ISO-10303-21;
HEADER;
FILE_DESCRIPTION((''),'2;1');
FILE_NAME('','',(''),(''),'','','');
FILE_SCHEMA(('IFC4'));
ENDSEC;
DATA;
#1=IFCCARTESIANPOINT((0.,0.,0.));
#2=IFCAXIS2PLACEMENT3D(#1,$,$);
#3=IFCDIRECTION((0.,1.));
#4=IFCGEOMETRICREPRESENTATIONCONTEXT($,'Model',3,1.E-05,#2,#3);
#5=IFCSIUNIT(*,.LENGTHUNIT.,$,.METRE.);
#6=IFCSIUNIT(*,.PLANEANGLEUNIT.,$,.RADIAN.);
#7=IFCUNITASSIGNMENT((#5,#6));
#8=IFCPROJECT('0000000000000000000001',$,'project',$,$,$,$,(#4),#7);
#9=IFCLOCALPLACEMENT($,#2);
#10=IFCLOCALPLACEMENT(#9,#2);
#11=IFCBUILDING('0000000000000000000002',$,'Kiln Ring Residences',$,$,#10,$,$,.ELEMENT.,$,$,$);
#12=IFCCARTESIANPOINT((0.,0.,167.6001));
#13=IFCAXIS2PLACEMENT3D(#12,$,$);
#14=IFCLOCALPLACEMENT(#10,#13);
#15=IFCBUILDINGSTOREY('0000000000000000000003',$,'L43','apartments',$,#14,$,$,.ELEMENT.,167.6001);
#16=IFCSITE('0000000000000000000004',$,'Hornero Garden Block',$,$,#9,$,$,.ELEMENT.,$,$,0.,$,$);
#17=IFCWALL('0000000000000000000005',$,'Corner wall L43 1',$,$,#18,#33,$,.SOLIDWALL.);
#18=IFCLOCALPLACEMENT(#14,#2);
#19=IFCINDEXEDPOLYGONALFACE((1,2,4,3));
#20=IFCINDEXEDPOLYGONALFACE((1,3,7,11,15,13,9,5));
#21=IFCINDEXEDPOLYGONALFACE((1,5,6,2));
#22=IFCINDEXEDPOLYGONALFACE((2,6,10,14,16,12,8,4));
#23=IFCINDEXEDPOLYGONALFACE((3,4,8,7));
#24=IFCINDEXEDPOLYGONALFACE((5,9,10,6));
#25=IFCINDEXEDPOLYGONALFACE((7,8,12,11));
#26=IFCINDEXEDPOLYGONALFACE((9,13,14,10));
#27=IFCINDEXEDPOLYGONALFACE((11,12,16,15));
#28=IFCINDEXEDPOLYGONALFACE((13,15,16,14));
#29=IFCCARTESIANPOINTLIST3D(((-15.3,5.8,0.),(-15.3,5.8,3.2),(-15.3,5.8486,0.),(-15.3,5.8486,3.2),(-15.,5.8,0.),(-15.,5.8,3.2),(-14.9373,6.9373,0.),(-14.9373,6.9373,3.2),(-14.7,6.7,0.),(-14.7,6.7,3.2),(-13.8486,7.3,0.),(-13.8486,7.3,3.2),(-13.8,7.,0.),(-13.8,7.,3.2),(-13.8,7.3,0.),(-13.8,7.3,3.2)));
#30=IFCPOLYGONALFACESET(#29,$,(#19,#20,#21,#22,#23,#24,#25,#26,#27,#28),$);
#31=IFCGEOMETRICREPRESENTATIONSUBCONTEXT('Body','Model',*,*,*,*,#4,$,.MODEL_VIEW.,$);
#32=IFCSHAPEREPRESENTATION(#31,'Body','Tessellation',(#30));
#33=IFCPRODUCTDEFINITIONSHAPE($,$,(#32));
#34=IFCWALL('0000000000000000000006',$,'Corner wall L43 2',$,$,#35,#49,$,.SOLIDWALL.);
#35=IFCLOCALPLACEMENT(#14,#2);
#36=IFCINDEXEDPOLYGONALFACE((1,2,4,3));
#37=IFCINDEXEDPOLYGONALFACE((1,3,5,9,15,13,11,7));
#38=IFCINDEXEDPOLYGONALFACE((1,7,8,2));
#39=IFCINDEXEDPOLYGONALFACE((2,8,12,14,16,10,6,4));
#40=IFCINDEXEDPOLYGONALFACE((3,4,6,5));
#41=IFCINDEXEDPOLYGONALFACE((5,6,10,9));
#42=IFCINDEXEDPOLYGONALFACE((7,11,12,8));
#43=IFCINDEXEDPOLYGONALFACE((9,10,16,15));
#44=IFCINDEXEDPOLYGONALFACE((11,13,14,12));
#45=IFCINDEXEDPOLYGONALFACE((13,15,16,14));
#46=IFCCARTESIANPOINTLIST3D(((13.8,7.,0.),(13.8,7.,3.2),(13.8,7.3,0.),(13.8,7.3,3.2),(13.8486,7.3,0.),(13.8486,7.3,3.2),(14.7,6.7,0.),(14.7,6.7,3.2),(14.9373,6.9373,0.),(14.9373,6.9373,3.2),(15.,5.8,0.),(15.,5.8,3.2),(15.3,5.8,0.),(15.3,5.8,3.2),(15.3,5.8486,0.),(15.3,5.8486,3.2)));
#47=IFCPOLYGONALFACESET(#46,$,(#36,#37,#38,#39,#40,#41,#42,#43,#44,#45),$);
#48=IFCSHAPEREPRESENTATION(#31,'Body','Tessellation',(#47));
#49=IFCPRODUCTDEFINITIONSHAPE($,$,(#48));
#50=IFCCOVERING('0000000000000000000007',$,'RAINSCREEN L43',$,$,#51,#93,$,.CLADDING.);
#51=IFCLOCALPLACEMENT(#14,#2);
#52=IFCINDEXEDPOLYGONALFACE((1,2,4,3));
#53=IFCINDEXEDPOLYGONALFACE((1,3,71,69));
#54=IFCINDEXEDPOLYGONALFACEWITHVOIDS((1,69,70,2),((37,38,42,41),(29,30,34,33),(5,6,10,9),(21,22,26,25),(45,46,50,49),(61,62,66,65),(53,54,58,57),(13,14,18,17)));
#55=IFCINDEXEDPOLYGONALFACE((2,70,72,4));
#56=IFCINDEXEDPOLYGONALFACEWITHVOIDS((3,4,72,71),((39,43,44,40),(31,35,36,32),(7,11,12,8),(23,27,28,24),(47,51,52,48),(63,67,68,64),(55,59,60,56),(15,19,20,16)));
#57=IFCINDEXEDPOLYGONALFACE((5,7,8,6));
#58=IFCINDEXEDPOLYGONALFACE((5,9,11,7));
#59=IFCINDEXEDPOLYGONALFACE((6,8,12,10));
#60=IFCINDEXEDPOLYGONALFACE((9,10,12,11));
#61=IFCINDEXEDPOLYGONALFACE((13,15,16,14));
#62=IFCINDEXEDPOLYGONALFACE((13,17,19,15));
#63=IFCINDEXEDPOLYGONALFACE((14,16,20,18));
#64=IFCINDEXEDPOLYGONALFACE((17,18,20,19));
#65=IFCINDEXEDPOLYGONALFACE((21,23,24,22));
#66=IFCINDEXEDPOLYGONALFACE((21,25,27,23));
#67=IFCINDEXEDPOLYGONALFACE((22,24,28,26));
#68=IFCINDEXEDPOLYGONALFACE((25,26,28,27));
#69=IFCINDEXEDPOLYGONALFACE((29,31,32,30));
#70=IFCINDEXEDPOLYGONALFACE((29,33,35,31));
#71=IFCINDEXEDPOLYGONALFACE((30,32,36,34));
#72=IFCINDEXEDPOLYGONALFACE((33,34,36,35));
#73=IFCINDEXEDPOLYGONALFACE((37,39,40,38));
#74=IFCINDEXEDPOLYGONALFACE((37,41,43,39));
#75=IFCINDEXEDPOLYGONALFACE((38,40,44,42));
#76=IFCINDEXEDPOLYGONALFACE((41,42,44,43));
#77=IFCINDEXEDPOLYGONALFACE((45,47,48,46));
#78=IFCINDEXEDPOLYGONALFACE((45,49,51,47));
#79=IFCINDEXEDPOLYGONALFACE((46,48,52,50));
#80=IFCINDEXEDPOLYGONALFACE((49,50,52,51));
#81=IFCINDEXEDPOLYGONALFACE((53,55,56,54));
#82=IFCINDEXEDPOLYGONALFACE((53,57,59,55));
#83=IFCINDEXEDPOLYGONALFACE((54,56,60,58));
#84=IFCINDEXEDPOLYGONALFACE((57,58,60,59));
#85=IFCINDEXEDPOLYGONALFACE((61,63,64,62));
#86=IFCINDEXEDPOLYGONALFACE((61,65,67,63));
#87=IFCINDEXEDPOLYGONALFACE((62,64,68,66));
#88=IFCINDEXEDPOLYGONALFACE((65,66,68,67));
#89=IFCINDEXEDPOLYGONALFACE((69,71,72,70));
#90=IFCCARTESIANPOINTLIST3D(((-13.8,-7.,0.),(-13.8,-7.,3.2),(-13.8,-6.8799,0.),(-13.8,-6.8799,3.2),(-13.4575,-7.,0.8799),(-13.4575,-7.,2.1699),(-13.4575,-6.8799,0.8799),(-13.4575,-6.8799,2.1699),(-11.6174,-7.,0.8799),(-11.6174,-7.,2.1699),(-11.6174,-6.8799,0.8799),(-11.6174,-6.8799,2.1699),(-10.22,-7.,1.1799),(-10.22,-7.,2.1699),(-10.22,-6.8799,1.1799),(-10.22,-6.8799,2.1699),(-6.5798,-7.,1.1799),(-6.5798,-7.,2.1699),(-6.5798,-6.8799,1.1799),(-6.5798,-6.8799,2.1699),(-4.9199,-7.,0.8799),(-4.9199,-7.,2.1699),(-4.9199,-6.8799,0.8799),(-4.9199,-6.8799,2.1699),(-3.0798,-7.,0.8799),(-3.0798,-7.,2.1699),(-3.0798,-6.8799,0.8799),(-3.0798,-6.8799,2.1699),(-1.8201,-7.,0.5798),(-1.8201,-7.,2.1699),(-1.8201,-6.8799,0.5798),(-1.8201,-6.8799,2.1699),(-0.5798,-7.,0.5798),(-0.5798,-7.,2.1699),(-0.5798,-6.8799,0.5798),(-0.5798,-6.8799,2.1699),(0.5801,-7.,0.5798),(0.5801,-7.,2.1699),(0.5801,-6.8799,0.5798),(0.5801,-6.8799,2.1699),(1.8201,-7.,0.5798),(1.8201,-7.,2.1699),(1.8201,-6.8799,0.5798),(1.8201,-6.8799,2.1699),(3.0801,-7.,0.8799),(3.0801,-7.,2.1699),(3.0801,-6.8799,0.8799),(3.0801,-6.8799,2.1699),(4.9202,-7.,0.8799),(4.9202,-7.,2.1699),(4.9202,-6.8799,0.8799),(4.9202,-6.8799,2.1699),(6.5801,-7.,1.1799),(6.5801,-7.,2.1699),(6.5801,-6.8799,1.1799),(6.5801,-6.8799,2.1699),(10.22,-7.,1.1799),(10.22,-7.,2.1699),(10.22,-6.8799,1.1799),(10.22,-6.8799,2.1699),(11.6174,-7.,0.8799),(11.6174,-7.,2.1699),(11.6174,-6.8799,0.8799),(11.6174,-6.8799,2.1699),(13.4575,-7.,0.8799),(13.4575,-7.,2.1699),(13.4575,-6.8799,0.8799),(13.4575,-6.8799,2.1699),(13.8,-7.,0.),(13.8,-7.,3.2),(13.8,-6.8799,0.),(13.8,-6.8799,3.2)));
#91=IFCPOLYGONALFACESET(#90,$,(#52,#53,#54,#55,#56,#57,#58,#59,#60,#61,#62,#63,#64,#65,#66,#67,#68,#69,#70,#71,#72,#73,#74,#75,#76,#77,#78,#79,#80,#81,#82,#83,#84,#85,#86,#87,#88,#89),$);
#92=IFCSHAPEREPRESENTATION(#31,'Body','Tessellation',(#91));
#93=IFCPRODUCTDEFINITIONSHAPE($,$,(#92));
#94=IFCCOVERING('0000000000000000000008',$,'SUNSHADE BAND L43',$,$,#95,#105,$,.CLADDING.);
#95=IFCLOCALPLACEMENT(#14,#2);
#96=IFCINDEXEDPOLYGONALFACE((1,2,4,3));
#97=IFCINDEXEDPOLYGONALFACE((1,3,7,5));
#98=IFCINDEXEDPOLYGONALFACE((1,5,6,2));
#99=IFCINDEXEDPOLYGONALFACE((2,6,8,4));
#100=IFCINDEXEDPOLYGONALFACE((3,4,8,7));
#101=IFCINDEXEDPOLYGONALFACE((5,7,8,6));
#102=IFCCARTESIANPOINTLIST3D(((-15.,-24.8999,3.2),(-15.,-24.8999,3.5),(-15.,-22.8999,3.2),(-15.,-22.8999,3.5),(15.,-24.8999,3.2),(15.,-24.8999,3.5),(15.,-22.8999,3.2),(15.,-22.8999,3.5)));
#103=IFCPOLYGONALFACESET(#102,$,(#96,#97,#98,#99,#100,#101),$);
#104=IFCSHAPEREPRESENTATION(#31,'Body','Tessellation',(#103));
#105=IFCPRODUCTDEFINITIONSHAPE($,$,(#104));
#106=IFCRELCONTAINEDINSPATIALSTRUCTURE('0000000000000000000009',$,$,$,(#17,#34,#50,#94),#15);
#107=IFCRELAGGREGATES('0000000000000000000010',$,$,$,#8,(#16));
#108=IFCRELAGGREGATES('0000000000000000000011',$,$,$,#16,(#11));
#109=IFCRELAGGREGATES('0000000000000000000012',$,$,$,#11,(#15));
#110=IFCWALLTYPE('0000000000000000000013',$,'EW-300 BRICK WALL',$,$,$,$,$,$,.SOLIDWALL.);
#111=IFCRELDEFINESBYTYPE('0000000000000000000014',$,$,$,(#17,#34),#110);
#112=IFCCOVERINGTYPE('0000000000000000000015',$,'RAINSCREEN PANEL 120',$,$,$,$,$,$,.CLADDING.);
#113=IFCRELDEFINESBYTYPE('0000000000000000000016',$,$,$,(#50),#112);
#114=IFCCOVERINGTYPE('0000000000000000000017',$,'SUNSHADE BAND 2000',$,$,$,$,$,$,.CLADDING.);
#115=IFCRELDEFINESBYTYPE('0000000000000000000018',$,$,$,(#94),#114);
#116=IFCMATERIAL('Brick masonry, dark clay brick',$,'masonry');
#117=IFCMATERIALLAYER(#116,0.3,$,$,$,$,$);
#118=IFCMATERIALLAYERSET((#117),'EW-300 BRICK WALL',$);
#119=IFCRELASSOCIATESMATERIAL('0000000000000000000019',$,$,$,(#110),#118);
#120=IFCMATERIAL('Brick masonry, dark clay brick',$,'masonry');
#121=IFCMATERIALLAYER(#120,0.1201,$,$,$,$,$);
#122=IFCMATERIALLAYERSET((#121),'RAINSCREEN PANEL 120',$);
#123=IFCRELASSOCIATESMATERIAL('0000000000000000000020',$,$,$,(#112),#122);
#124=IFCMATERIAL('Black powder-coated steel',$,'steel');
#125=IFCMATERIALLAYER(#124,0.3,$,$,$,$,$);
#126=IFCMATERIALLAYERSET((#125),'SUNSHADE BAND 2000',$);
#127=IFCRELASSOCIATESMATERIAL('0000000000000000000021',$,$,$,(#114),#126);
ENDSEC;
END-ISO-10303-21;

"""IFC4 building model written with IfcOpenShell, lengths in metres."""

from ifc_helpers import new_model, si_unit, direction, frame, origin, place, context, subcontext, project, spatial, polyline, outline, extrude, material, layer, layer_set, type_object, element, save


model = new_model("IFC4")

# Units and contexts
model_context = context("Model", 3, precision=1e-05, world=origin(), true_north=direction((0.0, 1.0)))
body_context = subcontext(model_context, "Body", "Model", "MODEL_VIEW")
ifc_project = project(units=[si_unit("LENGTHUNIT", "METRE"), si_unit("PLANEANGLEUNIT", "RADIAN")], contexts=[model_context])

# Site, building, storey
site_placement = place(None, origin())
site = spatial("IfcSite", under=ifc_project, at=site_placement, Name="Hornero Garden Block", CompositionType="ELEMENT", RefElevation=0.0)
building_placement = place(site_placement, origin())
building = spatial("IfcBuilding", under=site, at=building_placement, Name="Kiln Ring Residences", CompositionType="ELEMENT")
storey_placement = place(building_placement, frame((0.0, 0.0, 167.6001)))
storey = spatial("IfcBuildingStorey", under=building, at=storey_placement, Name="L43", Description="apartments", CompositionType="ELEMENT", Elevation=167.6001)

# Shared definitions
placement_1 = place(storey_placement, origin())

# Shared definitions
ifc_material_1 = material(Name="Brick masonry, dark clay brick", Category="masonry")
ifc_layer_1 = layer(ifc_material_1, 0.3)
ifc_layer_set_1 = layer_set([ifc_layer_1], Name="EW-300 BRICK WALL")
wall_type = type_object("IfcWallType", Name="EW-300 BRICK WALL", PredefinedType="SOLIDWALL", material=ifc_layer_set_1)

# Walls
element("IfcWall", 1, at=placement_1, inside=storey, type_object=wall_type, Name="Corner wall L43 1", PredefinedType="SOLIDWALL", context=body_context, shape_type="SweptSolid", body=[
    extrude(outline(polyline([(-13.8486, 7.3), (-14.9373, 6.9373), (-15.3, 5.8486), (-15.3, 5.8), (-15.0, 5.8), (-14.7, 6.7), (-13.8, 7.0), (-13.8, 7.3), (-13.8486, 7.3)])), origin(), (0.0, 0.0, 1.0), 3.2),
])
element("IfcWall", 2, at=placement_1, inside=storey, type_object=wall_type, Name="Corner wall L43 2", PredefinedType="SOLIDWALL", context=body_context, shape_type="SweptSolid", body=[
    extrude(outline(polyline([(14.9373, 6.9373), (13.8486, 7.3), (13.8, 7.3), (13.8, 7.0), (14.7, 6.7), (15.0, 5.8), (15.3, 5.8), (15.3, 5.8486), (14.9373, 6.9373)])), origin(), (0.0, 0.0, 1.0), 3.2),
])

# Coverings
ifc_material_2 = material(Name="Brick masonry, dark clay brick", Category="masonry")
ifc_layer_2 = layer(ifc_material_2, 0.1201)
ifc_layer_set_2 = layer_set([ifc_layer_2], Name="RAINSCREEN PANEL 120")
covering_type_1 = type_object("IfcCoveringType", Name="RAINSCREEN PANEL 120", PredefinedType="CLADDING", material=ifc_layer_set_2)
covering_1_placement = place(storey_placement, frame((13.8, -6.9399, 0.0), z_axis=(0.0, 0.0, 1.0), x_axis=(-1.0, 0.0, 0.0)))
element("IfcCovering", 3, at=covering_1_placement, inside=storey, type_object=covering_type_1, Name="RAINSCREEN L43", PredefinedType="CLADDING", context=body_context, shape_type="SweptSolid", body=[
    extrude(outline(polyline([(0.0, 0.0), (27.6001, 0.0), (27.6001, 3.2), (0.0, 3.2), (0.0, 0.0)]), holes=[polyline([(11.98, 0.5798), (13.22, 0.5798), (13.22, 2.1699), (11.98, 2.1699), (11.98, 0.5798)]), polyline([(14.3799, 0.5798), (15.6201, 0.5798), (15.6201, 2.1699), (14.3799, 2.1699), (14.3799, 0.5798)]), polyline([(0.3425, 0.8799), (2.1826, 0.8799), (2.1826, 2.1699), (0.3425, 2.1699), (0.3425, 0.8799)]), polyline([(8.8799, 0.8799), (10.72, 0.8799), (10.72, 2.1699), (8.8799, 2.1699), (8.8799, 0.8799)]), polyline([(16.8799, 0.8799), (18.72, 0.8799), (18.72, 2.1699), (16.8799, 2.1699), (16.8799, 0.8799)]), polyline([(25.4175, 0.8799), (27.2576, 0.8799), (27.2576, 2.1699), (25.4175, 2.1699), (25.4175, 0.8799)]), polyline([(3.5801, 1.1799), (7.22, 1.1799), (7.22, 2.1699), (3.5801, 2.1699), (3.5801, 1.1799)]), polyline([(20.3799, 1.1799), (24.02, 1.1799), (24.02, 2.1699), (20.3799, 2.1699), (20.3799, 1.1799)])]), frame((0.0, 0.0601, 0.0), z_axis=(0.0, -1.0, 0.0), x_axis=(1.0, 0.0, 0.0)), (0.0, 0.0, 1.0), 0.1201),
])
ifc_material_3 = material(Name="Black powder-coated steel", Category="steel")
ifc_layer_3 = layer(ifc_material_3, 0.3)
ifc_layer_set_3 = layer_set([ifc_layer_3], Name="SUNSHADE BAND 2000")
covering_type_2 = type_object("IfcCoveringType", Name="SUNSHADE BAND 2000", PredefinedType="CLADDING", material=ifc_layer_set_3)
covering_2_placement = place(storey_placement, frame((0.0, 0.0, 3.2)))
element("IfcCovering", 4, at=covering_2_placement, inside=storey, type_object=covering_type_2, Name="SUNSHADE BAND L43", PredefinedType="CLADDING", context=body_context, shape_type="SweptSolid", body=[
    extrude(outline(polyline([(-15.0, -24.8999), (15.0, -24.8999), (15.0, -22.8999), (-15.0, -22.8999), (-15.0, -24.8999)])), origin(), (0.0, 0.0, 1.0), 0.3),
])

save(model, "model.ifc")
